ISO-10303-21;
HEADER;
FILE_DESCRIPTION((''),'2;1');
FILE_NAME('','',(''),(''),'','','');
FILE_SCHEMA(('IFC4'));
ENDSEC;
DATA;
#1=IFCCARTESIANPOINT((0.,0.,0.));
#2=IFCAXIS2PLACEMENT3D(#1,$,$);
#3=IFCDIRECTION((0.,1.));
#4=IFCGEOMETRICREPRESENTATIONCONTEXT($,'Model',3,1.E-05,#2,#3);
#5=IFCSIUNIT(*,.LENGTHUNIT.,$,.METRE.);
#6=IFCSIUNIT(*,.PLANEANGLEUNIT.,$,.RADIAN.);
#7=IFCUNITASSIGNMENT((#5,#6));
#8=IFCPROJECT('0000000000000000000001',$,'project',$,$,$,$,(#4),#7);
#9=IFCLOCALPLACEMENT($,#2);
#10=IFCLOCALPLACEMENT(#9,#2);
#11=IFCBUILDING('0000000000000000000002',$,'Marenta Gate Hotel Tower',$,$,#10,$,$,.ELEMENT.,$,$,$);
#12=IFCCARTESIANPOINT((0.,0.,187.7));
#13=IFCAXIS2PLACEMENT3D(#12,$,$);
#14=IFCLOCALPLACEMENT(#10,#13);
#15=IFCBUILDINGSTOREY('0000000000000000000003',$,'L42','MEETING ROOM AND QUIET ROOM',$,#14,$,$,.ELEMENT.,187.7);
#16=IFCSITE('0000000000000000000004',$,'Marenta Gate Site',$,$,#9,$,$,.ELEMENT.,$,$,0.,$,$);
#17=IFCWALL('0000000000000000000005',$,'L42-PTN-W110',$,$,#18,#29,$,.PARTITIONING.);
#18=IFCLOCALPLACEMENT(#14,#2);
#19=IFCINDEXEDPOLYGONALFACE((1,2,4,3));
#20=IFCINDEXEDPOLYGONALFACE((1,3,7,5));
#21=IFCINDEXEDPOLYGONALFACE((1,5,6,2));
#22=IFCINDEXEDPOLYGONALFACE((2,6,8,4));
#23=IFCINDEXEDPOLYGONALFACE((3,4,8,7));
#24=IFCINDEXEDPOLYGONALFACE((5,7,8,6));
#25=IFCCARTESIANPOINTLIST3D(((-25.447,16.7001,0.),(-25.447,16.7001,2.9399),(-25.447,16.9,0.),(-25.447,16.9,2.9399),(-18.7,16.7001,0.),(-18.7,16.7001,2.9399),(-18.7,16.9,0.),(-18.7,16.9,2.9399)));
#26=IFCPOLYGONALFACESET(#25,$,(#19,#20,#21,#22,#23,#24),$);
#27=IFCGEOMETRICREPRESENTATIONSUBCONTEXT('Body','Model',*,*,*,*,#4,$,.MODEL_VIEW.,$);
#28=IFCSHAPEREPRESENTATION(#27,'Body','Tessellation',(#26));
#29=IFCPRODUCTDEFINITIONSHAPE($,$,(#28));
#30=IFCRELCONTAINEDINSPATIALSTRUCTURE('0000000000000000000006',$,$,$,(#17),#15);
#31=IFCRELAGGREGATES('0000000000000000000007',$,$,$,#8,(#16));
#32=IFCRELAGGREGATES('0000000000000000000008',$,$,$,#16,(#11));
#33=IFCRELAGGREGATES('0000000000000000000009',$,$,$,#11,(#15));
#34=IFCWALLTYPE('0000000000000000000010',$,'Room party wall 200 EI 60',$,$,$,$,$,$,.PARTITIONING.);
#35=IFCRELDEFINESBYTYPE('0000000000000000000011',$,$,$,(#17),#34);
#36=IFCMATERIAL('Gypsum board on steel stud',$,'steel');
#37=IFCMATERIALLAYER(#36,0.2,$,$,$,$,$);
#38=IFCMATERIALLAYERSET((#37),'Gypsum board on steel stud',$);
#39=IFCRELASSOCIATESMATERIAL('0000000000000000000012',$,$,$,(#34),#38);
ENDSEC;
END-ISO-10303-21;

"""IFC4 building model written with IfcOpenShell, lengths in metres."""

from ifc_helpers import new_model, si_unit, direction, frame, frame_2d, origin, place, context, subcontext, project, spatial, rectangle, extrude, material, layer, layer_set, type_object, element, save


model = new_model("IFC4")

# Units and contexts
model_context = context("Model", 3, precision=1e-05, world=origin(), true_north=direction((0.0, 1.0)))
body_context = subcontext(model_context, "Body", "Model", "MODEL_VIEW")
ifc_project = project(units=[si_unit("LENGTHUNIT", "METRE"), si_unit("PLANEANGLEUNIT", "RADIAN")], contexts=[model_context])

# Site, building, storey
site_placement = place(None, origin())
site = spatial("IfcSite", under=ifc_project, at=site_placement, Name="Marenta Gate Site", CompositionType="ELEMENT", RefElevation=0.0)
building_placement = place(site_placement, origin())
building = spatial("IfcBuilding", under=site, at=building_placement, Name="Marenta Gate Hotel Tower", CompositionType="ELEMENT")
storey_placement = place(building_placement, frame((0.0, 0.0, 187.7)))
storey = spatial("IfcBuildingStorey", under=building, at=storey_placement, Name="L42", Description="MEETING ROOM AND QUIET ROOM", CompositionType="ELEMENT", Elevation=187.7)

# Wall
ifc_material_1 = material(Name="Gypsum board on steel stud", Category="steel")
ifc_layer_1 = layer(ifc_material_1, 0.2)
ifc_layer_set_1 = layer_set([ifc_layer_1], Name="Gypsum board on steel stud")
wall_type_1 = type_object("IfcWallType", Name="Room party wall 200 EI 60", PredefinedType="PARTITIONING", material=ifc_layer_set_1)
wall_1_placement = place(storey_placement, frame((-25.447, 16.8, 0.0), z_axis=(0.0, 0.0, 1.0), x_axis=(1.0, 0.0, 0.0)))
element("IfcWall", 1, at=wall_1_placement, inside=storey, type_object=wall_type_1, Name="L42-PTN-W110", PredefinedType="PARTITIONING", context=body_context, shape_type="SweptSolid", body=[
    extrude(rectangle(XDim=6.7471, YDim=0.2, at=frame_2d((3.3735, 0.0))), origin(), (0.0, 0.0, 1.0), 2.9399),
])

save(model, "model.ifc")
